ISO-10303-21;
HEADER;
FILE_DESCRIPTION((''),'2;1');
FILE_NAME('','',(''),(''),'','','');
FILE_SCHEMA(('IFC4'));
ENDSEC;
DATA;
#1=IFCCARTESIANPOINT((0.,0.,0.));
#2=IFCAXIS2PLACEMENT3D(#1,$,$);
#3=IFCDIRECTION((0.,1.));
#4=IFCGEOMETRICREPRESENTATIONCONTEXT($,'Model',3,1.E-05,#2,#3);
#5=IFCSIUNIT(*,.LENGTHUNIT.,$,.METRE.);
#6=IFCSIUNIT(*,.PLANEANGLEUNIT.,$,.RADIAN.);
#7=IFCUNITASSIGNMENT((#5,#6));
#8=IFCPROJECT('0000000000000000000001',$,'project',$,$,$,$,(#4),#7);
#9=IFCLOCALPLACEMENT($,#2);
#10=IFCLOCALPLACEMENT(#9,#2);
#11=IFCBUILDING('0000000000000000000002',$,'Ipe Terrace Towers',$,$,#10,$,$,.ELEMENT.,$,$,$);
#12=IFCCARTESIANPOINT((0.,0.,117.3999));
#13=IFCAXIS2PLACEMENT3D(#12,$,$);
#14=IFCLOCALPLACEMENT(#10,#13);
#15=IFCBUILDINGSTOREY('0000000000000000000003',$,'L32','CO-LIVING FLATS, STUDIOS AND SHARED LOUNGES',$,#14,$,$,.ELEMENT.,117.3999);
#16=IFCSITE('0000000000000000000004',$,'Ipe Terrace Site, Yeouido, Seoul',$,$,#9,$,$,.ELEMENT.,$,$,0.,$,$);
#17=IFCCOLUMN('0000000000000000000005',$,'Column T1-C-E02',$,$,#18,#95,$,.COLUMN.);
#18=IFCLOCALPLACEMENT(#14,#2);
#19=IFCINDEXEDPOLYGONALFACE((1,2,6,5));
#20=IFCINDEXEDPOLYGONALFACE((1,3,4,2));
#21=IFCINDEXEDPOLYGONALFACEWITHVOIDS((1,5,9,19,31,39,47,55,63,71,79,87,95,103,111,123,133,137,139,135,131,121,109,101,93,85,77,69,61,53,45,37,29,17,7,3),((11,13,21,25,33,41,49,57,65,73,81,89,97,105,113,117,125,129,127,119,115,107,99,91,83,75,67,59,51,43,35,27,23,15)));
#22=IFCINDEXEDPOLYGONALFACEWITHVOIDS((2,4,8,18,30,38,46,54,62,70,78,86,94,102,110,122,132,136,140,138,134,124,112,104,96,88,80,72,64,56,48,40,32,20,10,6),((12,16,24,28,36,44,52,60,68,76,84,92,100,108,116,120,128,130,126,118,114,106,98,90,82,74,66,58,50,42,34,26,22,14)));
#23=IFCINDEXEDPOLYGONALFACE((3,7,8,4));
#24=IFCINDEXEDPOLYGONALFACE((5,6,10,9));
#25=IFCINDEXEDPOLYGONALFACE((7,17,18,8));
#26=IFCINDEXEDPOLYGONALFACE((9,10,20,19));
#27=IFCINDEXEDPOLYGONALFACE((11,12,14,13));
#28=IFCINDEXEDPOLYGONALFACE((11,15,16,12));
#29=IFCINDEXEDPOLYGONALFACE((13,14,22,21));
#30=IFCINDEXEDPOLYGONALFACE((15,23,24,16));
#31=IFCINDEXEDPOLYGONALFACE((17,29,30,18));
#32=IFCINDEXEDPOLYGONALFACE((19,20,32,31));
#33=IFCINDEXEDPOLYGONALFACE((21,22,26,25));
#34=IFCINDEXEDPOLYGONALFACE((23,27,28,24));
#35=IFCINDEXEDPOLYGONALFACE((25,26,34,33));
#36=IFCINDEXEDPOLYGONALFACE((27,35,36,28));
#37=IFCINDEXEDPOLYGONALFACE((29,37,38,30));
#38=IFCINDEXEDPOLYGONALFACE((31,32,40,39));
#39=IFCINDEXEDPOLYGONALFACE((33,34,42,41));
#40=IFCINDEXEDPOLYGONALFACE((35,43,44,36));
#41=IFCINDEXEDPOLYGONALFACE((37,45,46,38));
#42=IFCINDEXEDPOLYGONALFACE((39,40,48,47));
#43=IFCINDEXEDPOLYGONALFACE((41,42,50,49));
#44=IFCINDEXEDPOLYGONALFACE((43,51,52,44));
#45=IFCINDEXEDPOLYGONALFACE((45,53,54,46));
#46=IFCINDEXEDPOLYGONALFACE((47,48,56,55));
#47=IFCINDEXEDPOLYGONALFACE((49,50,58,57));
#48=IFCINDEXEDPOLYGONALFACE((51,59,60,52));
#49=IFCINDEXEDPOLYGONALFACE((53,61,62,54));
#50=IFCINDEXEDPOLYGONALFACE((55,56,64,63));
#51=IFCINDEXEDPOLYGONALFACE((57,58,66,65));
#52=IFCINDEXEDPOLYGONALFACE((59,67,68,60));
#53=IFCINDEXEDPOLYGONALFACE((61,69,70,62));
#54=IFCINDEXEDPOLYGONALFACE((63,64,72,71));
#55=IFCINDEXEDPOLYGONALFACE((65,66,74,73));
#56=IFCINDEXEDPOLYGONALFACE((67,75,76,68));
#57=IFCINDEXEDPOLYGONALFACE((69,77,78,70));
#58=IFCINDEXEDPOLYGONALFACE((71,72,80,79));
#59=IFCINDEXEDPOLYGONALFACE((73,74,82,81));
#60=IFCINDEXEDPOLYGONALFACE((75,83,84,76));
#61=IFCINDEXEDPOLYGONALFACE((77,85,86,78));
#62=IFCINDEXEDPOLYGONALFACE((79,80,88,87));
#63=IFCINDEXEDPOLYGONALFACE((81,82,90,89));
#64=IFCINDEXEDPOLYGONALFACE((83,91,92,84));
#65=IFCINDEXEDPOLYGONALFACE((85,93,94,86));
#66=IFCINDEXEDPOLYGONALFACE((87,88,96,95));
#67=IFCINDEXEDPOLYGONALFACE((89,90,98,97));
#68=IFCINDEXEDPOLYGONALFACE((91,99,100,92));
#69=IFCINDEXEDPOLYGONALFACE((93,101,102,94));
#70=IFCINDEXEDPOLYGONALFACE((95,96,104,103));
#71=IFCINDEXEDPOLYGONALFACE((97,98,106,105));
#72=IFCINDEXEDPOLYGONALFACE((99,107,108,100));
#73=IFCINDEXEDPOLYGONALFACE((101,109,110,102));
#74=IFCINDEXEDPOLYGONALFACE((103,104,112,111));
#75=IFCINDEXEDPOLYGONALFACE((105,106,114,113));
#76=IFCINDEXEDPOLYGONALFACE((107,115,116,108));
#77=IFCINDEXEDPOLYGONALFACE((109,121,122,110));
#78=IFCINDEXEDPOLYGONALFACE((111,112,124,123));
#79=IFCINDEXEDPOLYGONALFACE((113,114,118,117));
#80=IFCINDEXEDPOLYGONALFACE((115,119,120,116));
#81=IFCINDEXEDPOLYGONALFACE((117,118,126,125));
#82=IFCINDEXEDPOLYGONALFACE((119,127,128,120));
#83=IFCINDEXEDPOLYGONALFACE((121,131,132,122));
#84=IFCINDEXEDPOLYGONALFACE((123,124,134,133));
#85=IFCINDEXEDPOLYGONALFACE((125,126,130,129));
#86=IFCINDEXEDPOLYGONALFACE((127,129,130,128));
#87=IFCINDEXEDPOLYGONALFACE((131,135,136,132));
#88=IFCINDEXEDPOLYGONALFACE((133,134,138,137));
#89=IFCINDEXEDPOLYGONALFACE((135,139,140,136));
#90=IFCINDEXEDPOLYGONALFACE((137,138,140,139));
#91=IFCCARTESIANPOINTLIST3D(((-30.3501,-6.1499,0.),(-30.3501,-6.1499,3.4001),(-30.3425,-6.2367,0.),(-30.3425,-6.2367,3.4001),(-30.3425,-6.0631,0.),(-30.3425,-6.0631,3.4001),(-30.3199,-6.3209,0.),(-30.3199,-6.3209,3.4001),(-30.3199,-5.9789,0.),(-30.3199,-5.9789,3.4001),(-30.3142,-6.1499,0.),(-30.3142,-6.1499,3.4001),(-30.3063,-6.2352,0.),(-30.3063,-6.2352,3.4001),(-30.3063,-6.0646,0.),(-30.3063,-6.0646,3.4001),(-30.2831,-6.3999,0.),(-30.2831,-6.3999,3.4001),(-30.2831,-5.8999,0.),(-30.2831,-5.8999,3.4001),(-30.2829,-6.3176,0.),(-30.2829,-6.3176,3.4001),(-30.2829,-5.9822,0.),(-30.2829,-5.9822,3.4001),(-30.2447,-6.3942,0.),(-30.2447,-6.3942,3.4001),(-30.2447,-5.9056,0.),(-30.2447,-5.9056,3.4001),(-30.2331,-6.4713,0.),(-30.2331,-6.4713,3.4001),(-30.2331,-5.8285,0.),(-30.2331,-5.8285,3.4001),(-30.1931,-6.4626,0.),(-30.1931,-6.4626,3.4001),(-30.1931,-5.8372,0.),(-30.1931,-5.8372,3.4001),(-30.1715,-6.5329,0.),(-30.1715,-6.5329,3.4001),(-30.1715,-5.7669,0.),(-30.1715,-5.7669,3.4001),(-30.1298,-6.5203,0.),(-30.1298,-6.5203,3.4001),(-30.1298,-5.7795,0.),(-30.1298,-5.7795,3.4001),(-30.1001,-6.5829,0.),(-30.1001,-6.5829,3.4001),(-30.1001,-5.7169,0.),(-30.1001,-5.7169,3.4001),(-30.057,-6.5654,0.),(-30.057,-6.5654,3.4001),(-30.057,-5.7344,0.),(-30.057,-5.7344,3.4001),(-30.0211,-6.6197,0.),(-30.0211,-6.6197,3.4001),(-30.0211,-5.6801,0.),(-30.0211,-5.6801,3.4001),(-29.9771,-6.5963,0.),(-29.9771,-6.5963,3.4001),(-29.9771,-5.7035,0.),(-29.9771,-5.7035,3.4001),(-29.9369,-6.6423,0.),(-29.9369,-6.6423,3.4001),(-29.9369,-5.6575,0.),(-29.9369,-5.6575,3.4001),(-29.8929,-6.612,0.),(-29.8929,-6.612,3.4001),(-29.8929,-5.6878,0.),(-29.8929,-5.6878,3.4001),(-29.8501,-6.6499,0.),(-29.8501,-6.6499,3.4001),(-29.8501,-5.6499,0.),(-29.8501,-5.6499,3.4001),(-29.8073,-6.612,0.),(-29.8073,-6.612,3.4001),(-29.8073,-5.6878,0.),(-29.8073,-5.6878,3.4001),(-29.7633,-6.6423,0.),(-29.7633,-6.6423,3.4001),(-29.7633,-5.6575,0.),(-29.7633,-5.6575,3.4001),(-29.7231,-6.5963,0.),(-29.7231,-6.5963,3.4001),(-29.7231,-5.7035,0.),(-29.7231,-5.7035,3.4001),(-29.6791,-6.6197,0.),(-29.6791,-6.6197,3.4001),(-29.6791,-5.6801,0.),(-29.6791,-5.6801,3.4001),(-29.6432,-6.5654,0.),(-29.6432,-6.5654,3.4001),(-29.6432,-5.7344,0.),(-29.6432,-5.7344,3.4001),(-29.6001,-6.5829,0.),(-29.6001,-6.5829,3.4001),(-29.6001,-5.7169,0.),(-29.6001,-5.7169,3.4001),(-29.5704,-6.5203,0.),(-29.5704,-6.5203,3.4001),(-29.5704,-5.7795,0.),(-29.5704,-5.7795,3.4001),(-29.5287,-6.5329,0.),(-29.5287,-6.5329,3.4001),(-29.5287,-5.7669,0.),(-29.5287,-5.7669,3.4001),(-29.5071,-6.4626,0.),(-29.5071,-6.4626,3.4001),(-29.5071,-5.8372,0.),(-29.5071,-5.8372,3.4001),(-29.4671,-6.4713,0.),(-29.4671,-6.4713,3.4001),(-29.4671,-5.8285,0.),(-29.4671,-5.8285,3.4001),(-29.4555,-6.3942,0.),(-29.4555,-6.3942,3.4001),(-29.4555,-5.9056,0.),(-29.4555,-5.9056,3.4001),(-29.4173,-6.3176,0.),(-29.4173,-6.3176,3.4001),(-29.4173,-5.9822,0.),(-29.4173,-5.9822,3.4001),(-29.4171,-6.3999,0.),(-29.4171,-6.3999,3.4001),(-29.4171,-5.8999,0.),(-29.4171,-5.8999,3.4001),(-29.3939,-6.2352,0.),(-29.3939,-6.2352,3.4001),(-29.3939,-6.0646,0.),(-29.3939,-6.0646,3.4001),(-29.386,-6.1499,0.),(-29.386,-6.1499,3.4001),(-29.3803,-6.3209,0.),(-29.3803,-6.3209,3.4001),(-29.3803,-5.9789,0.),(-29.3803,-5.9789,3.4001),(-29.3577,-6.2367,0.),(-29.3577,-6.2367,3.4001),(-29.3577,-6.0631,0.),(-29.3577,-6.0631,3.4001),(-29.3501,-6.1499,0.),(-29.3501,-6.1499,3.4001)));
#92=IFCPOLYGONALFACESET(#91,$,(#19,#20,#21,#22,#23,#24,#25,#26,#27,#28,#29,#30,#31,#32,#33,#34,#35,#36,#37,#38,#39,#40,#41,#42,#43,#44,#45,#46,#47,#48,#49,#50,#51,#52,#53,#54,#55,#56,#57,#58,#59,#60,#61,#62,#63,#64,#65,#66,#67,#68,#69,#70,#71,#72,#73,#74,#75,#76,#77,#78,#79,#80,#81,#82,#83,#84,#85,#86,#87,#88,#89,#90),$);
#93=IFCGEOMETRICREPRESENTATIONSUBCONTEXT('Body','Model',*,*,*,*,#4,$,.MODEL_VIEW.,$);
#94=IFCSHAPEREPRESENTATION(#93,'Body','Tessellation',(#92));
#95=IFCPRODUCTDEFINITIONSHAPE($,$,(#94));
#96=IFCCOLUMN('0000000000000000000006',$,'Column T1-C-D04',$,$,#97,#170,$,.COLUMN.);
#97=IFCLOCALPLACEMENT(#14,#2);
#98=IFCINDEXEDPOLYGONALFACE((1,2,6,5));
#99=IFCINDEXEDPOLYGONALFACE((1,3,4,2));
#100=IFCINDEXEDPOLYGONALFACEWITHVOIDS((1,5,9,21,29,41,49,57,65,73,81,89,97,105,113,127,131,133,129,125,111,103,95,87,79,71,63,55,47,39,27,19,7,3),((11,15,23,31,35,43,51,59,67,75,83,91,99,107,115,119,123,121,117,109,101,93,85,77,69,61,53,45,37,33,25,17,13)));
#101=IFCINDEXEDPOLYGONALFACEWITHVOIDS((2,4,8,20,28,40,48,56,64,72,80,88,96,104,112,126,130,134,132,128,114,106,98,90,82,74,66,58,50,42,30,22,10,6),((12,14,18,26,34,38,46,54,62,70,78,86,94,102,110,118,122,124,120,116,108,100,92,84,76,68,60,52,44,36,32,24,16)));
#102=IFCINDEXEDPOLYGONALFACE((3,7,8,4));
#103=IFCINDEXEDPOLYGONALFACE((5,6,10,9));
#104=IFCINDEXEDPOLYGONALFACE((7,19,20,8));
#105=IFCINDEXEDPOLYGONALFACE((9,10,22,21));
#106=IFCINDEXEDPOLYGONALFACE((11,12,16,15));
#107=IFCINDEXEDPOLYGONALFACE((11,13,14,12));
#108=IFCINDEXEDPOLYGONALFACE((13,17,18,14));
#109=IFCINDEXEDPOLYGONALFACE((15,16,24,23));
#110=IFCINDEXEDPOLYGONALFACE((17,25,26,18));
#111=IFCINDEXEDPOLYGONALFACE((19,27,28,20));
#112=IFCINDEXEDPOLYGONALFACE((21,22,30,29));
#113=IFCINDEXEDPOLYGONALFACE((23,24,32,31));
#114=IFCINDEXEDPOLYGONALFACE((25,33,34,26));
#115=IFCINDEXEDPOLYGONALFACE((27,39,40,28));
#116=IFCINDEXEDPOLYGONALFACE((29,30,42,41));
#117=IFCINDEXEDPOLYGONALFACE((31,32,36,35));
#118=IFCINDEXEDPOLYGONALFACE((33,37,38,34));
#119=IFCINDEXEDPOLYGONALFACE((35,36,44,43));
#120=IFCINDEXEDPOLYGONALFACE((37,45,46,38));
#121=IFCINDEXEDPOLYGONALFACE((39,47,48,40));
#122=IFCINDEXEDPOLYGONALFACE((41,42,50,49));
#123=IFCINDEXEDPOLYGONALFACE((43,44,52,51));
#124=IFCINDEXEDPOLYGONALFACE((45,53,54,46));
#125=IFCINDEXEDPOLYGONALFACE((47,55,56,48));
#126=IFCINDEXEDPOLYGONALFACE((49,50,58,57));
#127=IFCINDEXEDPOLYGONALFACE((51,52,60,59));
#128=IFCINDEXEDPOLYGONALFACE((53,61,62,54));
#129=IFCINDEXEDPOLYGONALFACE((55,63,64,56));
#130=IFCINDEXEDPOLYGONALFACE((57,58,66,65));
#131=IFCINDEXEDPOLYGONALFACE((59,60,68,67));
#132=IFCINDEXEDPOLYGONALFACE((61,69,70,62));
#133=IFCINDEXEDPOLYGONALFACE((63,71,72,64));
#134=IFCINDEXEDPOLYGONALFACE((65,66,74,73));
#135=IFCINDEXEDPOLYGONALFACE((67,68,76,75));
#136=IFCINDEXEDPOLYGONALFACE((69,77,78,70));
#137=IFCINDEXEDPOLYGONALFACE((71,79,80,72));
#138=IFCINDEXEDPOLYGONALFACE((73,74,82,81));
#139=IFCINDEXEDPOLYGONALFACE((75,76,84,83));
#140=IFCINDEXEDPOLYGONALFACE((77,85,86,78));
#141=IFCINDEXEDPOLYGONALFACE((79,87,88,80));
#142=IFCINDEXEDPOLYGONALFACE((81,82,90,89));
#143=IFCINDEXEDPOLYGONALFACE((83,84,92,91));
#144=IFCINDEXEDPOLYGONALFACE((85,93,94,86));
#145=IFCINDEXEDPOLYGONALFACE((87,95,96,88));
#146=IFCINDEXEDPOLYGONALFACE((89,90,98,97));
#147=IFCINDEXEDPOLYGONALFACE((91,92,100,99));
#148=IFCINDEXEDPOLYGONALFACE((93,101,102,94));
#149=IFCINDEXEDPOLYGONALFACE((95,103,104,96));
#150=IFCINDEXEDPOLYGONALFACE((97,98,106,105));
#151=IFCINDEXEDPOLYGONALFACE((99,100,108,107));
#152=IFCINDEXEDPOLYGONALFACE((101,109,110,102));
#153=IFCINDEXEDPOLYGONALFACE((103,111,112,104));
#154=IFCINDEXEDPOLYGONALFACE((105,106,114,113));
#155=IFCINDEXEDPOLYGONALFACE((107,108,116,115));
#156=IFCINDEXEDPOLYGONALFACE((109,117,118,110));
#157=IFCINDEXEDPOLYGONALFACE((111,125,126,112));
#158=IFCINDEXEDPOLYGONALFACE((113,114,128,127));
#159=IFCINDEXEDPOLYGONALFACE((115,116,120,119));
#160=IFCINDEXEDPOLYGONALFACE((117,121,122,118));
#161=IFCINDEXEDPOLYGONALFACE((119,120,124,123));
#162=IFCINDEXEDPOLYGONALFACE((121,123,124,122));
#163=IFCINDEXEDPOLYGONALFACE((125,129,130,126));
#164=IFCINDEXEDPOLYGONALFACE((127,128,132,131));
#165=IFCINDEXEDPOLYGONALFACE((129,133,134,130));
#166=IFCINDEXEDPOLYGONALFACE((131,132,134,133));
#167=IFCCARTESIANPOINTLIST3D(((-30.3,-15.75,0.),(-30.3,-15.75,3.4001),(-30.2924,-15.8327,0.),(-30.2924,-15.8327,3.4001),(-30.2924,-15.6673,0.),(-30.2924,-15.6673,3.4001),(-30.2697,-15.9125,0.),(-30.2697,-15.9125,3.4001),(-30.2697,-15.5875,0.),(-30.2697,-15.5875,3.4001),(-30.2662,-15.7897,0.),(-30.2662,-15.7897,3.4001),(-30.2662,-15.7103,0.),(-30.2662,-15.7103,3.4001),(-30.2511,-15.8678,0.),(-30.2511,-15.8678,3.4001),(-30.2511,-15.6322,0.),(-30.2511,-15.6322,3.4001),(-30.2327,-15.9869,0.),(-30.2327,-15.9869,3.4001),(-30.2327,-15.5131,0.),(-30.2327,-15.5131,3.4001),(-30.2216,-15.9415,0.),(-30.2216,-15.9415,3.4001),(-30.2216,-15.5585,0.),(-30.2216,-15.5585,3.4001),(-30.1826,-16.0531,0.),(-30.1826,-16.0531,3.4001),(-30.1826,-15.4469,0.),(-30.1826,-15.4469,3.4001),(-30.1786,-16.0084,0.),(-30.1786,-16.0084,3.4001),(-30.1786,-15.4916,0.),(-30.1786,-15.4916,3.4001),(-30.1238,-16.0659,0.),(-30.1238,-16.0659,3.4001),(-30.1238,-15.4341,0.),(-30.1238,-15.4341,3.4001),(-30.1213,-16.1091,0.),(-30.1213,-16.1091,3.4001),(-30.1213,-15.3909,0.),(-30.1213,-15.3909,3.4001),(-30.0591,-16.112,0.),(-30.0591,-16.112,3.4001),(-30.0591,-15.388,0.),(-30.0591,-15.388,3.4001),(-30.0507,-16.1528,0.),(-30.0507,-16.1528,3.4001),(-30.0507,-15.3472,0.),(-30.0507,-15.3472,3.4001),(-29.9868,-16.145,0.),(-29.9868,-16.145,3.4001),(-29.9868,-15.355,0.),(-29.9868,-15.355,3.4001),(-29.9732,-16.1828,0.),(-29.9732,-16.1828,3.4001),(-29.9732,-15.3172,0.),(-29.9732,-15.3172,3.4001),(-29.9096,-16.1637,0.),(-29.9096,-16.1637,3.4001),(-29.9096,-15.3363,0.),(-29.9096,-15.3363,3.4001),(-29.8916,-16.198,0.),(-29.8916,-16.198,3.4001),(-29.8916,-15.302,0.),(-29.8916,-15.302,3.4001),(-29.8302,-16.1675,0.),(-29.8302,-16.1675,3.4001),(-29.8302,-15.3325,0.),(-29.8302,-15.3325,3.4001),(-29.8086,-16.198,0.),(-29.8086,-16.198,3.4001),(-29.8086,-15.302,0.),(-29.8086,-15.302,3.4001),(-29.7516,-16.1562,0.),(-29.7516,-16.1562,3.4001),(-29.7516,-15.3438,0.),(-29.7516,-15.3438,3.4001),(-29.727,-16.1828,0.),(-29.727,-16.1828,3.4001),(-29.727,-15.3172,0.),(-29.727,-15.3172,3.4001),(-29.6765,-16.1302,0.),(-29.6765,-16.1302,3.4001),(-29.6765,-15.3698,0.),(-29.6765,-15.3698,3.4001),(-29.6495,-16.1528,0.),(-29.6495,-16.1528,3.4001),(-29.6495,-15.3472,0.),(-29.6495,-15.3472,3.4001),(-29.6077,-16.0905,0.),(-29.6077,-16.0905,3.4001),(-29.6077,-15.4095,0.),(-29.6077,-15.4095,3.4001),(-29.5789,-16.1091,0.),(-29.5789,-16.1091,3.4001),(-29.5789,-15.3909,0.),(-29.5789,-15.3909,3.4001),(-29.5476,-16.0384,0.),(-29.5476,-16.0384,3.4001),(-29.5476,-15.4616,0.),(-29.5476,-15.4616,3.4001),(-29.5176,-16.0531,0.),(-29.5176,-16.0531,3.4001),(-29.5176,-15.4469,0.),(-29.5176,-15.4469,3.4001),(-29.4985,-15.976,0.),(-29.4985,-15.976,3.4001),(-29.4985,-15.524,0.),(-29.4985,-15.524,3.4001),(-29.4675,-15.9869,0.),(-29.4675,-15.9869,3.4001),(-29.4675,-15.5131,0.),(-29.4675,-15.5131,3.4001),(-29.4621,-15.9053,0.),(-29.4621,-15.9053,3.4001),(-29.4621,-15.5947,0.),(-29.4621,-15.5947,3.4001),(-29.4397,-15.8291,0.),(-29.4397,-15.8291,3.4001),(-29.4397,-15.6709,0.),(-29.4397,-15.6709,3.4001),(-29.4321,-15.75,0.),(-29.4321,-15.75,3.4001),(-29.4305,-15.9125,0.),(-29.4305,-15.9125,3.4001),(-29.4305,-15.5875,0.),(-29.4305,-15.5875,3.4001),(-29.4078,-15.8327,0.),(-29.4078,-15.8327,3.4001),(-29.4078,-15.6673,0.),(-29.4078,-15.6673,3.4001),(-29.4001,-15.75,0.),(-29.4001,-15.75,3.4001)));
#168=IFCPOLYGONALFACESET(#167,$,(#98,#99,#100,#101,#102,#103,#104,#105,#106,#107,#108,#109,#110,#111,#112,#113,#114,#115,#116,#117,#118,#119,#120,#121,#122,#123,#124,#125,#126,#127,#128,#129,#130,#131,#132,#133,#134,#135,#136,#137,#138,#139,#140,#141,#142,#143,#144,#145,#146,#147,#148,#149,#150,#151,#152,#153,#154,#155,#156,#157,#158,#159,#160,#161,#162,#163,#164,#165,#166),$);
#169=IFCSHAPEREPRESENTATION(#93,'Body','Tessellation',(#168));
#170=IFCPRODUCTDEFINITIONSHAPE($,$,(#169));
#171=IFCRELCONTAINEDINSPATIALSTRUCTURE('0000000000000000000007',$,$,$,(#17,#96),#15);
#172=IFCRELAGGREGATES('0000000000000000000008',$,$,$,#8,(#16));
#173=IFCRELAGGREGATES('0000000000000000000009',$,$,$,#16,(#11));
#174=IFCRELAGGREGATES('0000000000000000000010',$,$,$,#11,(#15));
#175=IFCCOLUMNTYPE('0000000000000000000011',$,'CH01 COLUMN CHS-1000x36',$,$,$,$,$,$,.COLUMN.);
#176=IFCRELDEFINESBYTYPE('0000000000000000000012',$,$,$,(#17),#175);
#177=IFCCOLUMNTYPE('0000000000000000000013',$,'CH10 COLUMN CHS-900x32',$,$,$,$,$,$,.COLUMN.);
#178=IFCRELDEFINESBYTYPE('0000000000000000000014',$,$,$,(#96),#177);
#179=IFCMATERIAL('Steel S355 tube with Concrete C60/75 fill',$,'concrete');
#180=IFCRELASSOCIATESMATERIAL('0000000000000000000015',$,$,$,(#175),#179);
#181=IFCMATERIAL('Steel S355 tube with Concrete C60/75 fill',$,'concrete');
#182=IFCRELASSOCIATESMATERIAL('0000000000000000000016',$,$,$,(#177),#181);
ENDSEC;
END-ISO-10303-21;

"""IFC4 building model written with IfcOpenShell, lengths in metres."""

from ifc_helpers import new_model, si_unit, direction, frame, origin, origin_2d, place, context, subcontext, project, spatial, hollow_circle, extrude, material, material_profile, profile_set, type_object, element, save


model = new_model("IFC4")

# Units and contexts
model_context = context("Model", 3, precision=1e-05, world=origin(), true_north=direction((0.0, 1.0)))
body_context = subcontext(model_context, "Body", "Model", "MODEL_VIEW")
ifc_project = project(units=[si_unit("LENGTHUNIT", "METRE"), si_unit("PLANEANGLEUNIT", "RADIAN")], contexts=[model_context])

# Site, building, storey
site_placement = place(None, origin())
site = spatial("IfcSite", under=ifc_project, at=site_placement, Name="Ipe Terrace Site, Yeouido, Seoul", CompositionType="ELEMENT", RefElevation=0.0)
building_placement = place(site_placement, origin())
building = spatial("IfcBuilding", under=site, at=building_placement, Name="Ipe Terrace Towers", CompositionType="ELEMENT")
storey_placement = place(building_placement, frame((0.0, 0.0, 117.3999)))
storey = spatial("IfcBuildingStorey", under=building, at=storey_placement, Name="L32", Description="CO-LIVING FLATS, STUDIOS AND SHARED LOUNGES", CompositionType="ELEMENT", Elevation=117.3999)

# Columns
ifc_material_1 = material(Name="Steel S355 tube with Concrete C60/75 fill", Category="concrete")
ifc_material_profile_1 = material_profile(ifc_material_1, hollow_circle(Radius=0.5, WallThickness=0.0359, at=origin_2d()), Name="CHS-1000x36")
ifc_profile_set_1 = profile_set([ifc_material_profile_1], Name="Steel S355 tube with Concrete C60/75 fill")
column_type_1 = type_object("IfcColumnType", Name="CH01 COLUMN CHS-1000x36", PredefinedType="COLUMN", material=ifc_profile_set_1)
column_placement = place(storey_placement, frame((-29.8501, -6.1499, 0.0), z_axis=(0.0, 0.0, 1.0), x_axis=(1.0, 0.0, 0.0)))
element("IfcColumn", 1, at=column_placement, inside=storey, type_object=column_type_1, Name="Column T1-C-E02", PredefinedType="COLUMN", context=body_context, shape_type="SweptSolid", body=[
    extrude(hollow_circle(Radius=0.5, WallThickness=0.0359, at=origin_2d()), origin(), (0.0, 0.0, 1.0), 3.4001),
])
ifc_material_2 = material(Name="Steel S355 tube with Concrete C60/75 fill", Category="concrete")
ifc_material_profile_2 = material_profile(ifc_material_2, hollow_circle(Radius=0.45, WallThickness=0.032, at=origin_2d()), Name="CHS-900x32")
ifc_profile_set_2 = profile_set([ifc_material_profile_2], Name="Steel S355 tube with Concrete C60/75 fill")
column_type_2 = type_object("IfcColumnType", Name="CH10 COLUMN CHS-900x32", PredefinedType="COLUMN", material=ifc_profile_set_2)
for number, where, z_axis, x_axis, name in (
    (2, (-29.8501, -15.75, 0.0), (0.0, 0.0, 1.0), (1.0, 0.0, 0.0), "Column T1-C-D04"),
):
    element("IfcColumn", number, at=place(storey_placement, frame(where, z_axis=z_axis, x_axis=x_axis)), inside=storey, type_object=column_type_2, Name=name, PredefinedType="COLUMN", context=body_context, shape_type="SweptSolid", body=[
        extrude(hollow_circle(Radius=0.45, WallThickness=0.032, at=origin_2d()), origin(), (0.0, 0.0, 1.0), 3.4001),
    ])

save(model, "model.ifc")
